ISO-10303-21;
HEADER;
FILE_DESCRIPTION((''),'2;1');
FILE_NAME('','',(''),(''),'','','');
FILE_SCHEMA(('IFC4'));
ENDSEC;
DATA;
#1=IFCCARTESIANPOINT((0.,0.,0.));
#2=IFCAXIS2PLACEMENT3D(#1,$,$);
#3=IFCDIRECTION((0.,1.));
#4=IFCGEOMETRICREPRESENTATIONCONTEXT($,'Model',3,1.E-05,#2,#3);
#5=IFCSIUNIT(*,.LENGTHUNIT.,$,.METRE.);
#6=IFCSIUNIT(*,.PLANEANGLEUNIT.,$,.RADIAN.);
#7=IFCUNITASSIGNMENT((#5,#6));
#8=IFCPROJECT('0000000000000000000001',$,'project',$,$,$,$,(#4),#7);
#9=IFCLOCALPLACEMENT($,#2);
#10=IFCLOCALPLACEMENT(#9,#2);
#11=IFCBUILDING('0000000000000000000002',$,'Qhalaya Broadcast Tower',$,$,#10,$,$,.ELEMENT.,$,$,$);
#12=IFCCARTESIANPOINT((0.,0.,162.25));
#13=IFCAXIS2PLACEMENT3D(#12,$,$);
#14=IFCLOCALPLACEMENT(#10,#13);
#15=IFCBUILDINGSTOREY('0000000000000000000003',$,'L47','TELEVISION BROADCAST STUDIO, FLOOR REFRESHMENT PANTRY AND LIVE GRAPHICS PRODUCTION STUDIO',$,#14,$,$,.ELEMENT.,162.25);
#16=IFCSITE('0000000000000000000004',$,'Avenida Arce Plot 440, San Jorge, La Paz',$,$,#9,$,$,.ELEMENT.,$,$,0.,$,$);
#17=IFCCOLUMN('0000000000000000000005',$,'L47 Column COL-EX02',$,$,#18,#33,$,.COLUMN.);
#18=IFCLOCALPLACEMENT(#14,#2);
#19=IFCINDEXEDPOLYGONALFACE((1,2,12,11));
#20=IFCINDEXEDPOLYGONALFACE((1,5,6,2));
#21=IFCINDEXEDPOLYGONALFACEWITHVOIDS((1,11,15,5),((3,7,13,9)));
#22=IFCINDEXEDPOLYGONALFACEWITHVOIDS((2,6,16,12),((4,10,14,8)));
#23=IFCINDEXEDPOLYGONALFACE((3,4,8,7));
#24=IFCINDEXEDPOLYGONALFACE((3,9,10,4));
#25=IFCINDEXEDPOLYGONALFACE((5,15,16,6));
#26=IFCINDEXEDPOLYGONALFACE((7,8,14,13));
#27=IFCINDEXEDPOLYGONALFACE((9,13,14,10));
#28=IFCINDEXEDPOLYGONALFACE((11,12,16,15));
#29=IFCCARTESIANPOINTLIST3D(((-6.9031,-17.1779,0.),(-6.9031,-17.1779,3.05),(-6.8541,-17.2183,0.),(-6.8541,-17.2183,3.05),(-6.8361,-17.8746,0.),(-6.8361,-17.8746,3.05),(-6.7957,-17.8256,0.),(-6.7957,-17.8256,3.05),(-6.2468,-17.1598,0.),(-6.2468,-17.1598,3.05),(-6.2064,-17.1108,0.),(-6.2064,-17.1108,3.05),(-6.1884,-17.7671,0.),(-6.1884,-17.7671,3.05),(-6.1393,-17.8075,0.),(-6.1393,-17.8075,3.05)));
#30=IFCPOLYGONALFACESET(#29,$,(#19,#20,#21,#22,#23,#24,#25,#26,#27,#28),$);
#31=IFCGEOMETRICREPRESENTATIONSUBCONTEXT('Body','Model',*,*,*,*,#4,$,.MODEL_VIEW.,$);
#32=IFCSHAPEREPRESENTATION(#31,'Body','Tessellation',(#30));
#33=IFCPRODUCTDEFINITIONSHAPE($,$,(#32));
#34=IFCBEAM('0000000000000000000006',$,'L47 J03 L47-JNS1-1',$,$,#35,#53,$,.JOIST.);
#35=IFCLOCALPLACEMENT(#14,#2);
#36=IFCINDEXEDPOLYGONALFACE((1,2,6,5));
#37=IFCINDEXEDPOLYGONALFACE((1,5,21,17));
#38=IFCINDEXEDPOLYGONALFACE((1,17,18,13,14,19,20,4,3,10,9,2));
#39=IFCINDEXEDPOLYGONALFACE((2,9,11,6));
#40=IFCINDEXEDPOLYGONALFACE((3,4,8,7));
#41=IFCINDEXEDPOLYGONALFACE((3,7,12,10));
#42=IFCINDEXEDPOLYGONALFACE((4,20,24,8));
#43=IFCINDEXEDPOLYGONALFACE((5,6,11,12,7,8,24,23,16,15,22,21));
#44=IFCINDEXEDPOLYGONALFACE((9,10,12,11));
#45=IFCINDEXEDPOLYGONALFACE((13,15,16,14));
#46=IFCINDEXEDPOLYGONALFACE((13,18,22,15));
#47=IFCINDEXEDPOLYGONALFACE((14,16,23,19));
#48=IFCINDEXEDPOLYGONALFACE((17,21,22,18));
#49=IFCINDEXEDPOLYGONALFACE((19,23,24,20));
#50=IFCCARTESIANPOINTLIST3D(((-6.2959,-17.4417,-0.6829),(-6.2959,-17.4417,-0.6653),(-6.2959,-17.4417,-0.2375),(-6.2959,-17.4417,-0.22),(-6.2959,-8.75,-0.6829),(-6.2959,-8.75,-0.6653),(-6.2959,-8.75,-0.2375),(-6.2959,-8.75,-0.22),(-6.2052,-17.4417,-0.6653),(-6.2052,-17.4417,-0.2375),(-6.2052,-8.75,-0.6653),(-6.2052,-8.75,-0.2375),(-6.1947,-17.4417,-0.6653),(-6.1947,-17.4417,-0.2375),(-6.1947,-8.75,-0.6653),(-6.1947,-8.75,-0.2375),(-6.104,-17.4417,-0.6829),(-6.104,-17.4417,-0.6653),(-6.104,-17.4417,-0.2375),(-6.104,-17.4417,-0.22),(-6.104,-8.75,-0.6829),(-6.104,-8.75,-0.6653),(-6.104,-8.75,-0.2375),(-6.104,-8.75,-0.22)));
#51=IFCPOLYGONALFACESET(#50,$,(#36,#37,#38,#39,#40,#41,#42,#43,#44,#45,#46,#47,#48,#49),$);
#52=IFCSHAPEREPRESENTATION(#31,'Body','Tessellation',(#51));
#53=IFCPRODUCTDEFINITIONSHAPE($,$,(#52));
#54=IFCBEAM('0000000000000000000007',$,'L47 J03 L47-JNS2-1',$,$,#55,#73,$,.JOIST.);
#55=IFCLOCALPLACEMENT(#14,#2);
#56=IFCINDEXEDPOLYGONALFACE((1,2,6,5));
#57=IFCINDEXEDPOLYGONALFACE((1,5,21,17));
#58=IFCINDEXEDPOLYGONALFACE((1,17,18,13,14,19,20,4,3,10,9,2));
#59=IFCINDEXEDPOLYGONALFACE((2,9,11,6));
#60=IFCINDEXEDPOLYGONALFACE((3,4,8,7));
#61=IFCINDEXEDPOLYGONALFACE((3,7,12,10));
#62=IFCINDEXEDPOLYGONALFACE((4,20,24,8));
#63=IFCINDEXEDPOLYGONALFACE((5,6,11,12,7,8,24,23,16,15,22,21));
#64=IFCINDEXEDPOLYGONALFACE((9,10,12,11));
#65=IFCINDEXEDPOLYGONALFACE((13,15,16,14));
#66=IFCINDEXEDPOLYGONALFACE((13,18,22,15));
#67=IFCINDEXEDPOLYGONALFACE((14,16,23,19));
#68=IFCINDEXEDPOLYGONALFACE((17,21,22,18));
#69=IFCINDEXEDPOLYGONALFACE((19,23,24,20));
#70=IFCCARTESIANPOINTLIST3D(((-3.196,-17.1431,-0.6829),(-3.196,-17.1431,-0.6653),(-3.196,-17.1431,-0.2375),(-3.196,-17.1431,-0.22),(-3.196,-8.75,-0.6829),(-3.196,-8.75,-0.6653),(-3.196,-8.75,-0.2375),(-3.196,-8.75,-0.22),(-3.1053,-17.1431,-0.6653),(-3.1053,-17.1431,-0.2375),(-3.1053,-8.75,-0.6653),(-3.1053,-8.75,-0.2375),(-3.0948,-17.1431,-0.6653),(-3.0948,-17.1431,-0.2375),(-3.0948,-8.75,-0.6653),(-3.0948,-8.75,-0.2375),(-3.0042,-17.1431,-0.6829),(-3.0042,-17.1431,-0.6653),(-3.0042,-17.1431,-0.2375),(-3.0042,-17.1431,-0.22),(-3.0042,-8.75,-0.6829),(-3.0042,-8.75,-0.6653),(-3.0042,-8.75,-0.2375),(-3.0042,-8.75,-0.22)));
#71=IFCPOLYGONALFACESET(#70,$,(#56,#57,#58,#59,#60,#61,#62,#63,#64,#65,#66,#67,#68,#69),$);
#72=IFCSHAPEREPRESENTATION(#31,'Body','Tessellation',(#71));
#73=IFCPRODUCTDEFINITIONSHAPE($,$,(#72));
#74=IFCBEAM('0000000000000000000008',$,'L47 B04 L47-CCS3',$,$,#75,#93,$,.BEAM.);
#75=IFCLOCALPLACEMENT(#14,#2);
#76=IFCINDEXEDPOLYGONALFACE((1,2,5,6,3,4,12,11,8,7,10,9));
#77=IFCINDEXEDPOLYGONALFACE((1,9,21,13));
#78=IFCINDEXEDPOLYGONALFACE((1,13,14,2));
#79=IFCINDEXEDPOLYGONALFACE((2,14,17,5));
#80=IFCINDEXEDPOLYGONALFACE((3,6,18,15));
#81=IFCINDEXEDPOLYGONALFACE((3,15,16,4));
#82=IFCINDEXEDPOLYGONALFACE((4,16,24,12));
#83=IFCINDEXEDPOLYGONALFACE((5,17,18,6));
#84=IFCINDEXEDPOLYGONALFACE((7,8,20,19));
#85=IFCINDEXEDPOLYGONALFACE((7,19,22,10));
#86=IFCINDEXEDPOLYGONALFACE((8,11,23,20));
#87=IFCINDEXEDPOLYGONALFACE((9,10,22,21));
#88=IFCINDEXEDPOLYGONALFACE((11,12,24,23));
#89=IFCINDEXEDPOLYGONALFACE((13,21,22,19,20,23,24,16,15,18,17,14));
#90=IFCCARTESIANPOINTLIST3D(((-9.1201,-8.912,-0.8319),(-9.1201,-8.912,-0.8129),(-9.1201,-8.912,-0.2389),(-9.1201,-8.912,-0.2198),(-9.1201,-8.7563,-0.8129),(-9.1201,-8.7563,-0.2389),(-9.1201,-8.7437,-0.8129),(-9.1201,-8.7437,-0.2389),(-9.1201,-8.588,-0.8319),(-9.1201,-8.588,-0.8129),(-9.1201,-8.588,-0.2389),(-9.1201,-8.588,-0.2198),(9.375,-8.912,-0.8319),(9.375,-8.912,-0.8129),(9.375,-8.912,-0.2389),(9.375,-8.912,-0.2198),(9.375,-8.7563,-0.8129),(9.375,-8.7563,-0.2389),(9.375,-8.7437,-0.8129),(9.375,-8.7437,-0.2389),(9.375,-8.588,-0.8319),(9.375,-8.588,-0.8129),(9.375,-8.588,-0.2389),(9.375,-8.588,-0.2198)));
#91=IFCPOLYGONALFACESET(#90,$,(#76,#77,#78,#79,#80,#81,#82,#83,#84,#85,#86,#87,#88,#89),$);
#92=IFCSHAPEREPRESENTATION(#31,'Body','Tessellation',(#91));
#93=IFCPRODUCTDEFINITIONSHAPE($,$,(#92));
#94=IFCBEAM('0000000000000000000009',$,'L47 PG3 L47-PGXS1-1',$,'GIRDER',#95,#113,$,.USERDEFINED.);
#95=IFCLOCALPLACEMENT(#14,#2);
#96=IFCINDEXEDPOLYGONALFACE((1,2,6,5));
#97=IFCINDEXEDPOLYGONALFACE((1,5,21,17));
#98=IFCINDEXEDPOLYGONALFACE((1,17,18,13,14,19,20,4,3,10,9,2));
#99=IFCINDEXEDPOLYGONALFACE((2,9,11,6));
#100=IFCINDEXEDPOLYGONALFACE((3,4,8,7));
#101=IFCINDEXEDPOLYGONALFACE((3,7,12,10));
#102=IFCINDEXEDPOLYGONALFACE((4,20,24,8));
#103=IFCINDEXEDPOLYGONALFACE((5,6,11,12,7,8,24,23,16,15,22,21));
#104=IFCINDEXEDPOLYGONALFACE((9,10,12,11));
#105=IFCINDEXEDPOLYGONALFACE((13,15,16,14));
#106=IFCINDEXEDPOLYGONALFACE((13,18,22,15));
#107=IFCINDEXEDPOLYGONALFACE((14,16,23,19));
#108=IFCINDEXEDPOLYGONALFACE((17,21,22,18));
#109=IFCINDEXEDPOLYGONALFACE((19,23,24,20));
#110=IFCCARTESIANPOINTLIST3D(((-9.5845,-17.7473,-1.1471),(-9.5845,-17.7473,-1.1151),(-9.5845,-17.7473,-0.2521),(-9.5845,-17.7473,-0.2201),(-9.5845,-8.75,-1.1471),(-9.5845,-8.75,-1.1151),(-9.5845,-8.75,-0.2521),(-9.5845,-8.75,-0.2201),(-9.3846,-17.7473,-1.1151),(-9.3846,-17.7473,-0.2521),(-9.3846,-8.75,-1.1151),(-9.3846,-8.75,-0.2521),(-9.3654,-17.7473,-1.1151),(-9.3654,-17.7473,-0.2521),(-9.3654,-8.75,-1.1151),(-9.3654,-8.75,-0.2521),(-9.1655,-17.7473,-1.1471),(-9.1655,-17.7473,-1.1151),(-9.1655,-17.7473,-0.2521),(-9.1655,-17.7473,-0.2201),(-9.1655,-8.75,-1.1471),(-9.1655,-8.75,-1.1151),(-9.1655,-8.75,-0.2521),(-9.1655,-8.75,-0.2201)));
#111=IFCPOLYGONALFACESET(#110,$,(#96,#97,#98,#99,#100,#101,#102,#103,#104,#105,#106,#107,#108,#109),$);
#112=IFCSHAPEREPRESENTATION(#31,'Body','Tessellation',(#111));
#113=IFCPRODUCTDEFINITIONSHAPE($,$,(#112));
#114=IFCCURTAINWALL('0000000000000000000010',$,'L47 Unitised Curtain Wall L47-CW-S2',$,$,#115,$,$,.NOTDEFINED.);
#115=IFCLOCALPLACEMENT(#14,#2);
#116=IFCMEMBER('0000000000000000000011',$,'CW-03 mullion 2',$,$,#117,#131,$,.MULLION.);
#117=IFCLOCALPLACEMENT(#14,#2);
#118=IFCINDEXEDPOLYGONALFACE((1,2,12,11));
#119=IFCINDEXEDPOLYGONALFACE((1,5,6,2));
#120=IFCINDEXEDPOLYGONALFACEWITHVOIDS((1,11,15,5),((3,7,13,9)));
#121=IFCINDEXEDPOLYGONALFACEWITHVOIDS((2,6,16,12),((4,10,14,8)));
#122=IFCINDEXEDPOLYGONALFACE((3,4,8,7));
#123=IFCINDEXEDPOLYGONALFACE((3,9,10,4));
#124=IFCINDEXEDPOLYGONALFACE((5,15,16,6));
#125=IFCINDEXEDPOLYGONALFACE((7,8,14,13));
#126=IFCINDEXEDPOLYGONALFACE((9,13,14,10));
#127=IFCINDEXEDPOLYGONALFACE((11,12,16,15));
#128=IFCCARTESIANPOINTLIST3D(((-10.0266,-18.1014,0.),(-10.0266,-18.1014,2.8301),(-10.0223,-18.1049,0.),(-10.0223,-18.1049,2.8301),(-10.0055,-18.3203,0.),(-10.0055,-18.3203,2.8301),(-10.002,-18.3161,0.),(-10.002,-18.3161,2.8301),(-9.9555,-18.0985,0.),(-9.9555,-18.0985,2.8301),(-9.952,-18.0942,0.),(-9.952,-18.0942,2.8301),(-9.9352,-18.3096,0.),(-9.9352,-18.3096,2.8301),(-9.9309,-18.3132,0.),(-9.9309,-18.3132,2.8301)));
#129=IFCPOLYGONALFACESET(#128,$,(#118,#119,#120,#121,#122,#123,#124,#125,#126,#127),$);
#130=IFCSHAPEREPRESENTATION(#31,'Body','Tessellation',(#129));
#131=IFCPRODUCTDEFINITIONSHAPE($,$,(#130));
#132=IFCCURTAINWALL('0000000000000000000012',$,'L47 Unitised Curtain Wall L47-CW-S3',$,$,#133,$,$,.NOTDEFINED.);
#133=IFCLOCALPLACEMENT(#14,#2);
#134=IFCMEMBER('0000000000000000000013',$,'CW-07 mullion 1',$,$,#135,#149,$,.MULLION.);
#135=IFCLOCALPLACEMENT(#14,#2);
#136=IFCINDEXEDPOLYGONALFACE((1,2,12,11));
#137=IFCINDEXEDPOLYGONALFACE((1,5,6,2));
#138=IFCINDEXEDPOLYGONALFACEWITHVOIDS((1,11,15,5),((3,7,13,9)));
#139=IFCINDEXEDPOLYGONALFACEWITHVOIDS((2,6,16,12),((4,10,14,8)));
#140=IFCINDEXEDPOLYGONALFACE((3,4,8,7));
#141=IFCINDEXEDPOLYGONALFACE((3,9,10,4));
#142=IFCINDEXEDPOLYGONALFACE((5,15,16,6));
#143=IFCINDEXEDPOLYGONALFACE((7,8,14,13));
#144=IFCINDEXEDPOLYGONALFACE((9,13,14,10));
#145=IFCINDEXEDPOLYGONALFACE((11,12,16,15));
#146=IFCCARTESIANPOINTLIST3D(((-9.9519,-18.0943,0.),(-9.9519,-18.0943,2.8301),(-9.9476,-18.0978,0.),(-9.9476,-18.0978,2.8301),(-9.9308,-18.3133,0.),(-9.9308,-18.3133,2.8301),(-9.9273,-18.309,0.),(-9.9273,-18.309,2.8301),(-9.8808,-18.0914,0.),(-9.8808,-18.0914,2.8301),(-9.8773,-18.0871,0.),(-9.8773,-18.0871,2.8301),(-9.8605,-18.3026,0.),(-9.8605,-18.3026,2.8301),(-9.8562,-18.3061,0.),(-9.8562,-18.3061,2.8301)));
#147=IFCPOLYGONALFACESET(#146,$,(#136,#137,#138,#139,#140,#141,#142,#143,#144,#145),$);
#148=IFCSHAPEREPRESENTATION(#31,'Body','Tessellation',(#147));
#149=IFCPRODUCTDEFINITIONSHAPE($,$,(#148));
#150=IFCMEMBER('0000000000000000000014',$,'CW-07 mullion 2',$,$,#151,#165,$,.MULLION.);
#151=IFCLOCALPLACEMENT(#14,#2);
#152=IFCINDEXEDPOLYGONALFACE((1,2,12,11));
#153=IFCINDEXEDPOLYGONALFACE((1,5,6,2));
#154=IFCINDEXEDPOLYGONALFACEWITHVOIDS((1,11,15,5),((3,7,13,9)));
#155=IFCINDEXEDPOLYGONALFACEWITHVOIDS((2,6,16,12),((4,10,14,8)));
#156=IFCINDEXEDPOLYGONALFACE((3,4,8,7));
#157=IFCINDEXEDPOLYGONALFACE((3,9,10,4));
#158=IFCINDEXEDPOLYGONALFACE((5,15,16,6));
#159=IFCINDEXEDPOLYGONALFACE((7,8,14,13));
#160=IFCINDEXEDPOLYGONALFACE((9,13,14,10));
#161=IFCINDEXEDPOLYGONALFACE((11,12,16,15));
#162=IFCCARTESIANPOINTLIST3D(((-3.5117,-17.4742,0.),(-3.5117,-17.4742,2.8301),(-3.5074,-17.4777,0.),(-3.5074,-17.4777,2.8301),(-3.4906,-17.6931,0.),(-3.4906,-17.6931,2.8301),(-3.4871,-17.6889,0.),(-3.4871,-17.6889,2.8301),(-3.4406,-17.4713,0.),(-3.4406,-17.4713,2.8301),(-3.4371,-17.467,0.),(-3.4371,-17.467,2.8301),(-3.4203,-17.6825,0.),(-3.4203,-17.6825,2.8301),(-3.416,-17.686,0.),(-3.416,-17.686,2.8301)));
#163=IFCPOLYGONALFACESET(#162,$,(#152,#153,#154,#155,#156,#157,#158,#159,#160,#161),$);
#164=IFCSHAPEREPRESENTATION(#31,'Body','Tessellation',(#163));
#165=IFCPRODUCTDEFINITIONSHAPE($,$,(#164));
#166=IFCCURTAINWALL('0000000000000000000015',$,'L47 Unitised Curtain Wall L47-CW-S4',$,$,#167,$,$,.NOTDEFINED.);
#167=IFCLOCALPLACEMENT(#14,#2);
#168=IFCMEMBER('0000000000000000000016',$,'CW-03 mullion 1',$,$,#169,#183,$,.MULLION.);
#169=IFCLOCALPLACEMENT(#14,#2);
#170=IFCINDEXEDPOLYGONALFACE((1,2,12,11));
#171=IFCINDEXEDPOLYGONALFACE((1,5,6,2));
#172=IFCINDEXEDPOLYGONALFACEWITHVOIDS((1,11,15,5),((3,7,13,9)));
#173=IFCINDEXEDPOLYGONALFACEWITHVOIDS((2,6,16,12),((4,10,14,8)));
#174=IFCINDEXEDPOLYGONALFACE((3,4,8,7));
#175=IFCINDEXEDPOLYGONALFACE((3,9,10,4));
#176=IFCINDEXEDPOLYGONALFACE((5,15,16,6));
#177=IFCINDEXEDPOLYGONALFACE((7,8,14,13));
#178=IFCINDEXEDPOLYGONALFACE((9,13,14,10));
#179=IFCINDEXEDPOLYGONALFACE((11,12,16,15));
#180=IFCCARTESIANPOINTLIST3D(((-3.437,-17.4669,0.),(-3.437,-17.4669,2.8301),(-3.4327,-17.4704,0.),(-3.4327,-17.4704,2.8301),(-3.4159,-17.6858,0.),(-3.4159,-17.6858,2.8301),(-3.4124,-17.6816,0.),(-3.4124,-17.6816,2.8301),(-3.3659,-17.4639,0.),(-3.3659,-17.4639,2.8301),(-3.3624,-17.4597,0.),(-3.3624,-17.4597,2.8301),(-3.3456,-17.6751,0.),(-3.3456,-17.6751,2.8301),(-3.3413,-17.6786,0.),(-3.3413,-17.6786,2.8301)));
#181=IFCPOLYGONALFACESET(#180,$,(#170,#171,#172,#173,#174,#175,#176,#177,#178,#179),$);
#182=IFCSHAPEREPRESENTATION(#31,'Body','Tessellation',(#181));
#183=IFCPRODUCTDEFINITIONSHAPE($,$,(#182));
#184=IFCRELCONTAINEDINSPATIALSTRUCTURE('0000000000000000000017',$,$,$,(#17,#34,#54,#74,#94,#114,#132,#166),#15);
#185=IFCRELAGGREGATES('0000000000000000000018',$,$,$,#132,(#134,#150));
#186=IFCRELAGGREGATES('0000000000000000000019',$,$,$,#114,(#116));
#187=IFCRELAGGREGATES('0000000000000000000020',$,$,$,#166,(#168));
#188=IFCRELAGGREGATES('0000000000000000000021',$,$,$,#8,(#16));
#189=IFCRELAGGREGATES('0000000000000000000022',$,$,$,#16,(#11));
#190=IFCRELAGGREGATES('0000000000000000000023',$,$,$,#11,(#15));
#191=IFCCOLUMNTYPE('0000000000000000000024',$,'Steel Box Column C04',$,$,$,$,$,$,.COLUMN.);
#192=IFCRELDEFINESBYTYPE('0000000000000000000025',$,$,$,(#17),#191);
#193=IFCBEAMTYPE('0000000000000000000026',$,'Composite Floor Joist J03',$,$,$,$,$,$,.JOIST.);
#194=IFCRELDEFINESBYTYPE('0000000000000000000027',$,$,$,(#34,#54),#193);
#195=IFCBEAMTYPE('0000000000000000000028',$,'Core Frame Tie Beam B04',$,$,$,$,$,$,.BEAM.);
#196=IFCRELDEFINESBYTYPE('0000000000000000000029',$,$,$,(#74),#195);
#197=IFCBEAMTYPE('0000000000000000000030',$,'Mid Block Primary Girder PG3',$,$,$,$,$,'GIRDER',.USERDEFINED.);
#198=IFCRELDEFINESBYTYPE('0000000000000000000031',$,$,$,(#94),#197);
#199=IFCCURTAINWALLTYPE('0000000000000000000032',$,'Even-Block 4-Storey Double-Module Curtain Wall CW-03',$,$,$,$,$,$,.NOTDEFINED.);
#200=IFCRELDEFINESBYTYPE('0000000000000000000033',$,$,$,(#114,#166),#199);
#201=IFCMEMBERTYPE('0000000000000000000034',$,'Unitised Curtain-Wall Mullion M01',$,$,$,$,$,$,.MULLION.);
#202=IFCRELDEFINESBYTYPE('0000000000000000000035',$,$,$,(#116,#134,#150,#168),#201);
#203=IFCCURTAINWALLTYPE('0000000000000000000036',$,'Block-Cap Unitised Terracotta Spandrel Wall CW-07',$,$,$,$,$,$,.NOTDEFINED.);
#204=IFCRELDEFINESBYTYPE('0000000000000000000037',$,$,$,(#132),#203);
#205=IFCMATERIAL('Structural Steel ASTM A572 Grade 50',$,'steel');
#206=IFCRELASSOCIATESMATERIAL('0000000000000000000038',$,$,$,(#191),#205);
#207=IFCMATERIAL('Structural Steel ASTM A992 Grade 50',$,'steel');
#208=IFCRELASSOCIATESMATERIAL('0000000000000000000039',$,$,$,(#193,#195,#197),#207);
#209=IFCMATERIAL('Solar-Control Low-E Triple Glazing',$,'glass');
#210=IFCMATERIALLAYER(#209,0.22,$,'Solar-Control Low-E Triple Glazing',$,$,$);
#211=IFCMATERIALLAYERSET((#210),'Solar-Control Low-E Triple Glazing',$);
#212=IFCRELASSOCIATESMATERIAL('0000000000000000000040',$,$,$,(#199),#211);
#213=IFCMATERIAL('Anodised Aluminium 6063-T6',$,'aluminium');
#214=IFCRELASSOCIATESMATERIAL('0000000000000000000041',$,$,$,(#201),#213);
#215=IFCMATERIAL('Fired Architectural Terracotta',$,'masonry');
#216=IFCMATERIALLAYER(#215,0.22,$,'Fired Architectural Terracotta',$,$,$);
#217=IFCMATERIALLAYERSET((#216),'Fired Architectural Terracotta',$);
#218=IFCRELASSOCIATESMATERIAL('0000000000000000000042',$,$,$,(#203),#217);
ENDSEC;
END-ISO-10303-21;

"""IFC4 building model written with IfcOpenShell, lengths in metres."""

from ifc_helpers import new_model, si_unit, direction, frame, origin, origin_2d, place, context, subcontext, project, spatial, hollow_rectangle, i_section, extrude, material, layer, layer_set, material_profile, profile_set, type_object, element, aggregate, save


model = new_model("IFC4")

# Units and contexts
model_context = context("Model", 3, precision=1e-05, world=origin(), true_north=direction((0.0, 1.0)))
body_context = subcontext(model_context, "Body", "Model", "MODEL_VIEW")
ifc_project = project(units=[si_unit("LENGTHUNIT", "METRE"), si_unit("PLANEANGLEUNIT", "RADIAN")], contexts=[model_context])

# Site, building, storey
site_placement = place(None, origin())
site = spatial("IfcSite", under=ifc_project, at=site_placement, Name="Avenida Arce Plot 440, San Jorge, La Paz", CompositionType="ELEMENT", RefElevation=0.0)
building_placement = place(site_placement, origin())
building = spatial("IfcBuilding", under=site, at=building_placement, Name="Qhalaya Broadcast Tower", CompositionType="ELEMENT")
storey_placement = place(building_placement, frame((0.0, 0.0, 162.25)))
storey = spatial("IfcBuildingStorey", under=building, at=storey_placement, Name="L47", Description="TELEVISION BROADCAST STUDIO, FLOOR REFRESHMENT PANTRY AND LIVE GRAPHICS PRODUCTION STUDIO", CompositionType="ELEMENT", Elevation=162.25)

# Column
ifc_material_1 = material(Name="Structural Steel ASTM A572 Grade 50", Category="steel")
ifc_material_profile_1 = material_profile(ifc_material_1, hollow_rectangle(XDim=0.7, YDim=0.7, WallThickness=0.0449, at=origin_2d()), Name="BOX 700x700x45")
ifc_profile_set_1 = profile_set([ifc_material_profile_1], Name="Structural Steel ASTM A572 Grade 50")
column_type = type_object("IfcColumnType", Name="Steel Box Column C04", PredefinedType="COLUMN", material=ifc_profile_set_1)
column_placement = place(storey_placement, frame((-6.5212, -17.4927, 0.0), z_axis=(0.0, 0.0, 1.0), x_axis=(0.995396, 0.095846, 0.0)))
element("IfcColumn", 1, at=column_placement, inside=storey, type_object=column_type, Name="L47 Column COL-EX02", PredefinedType="COLUMN", context=body_context, shape_type="SweptSolid", body=[
    extrude(hollow_rectangle(XDim=0.7, YDim=0.7, WallThickness=0.0449, at=origin_2d()), origin(), (0.0, 0.0, 1.0), 3.05),
])

# Beams
ifc_material_2 = material(Name="Structural Steel ASTM A992 Grade 50", Category="steel")
ifc_material_profile_2 = material_profile(ifc_material_2, i_section(OverallWidth=0.1919, OverallDepth=0.4629, WebThickness=0.0105, FlangeThickness=0.0176, at=origin_2d()), Name="W18X60")
ifc_profile_set_2 = profile_set([ifc_material_profile_2], Name="Structural Steel ASTM A992 Grade 50")
beam_type_1 = type_object("IfcBeamType", Name="Composite Floor Joist J03", PredefinedType="JOIST", material=ifc_profile_set_2)
beam_1_placement = place(storey_placement, frame((-6.2, -17.4417, -0.4514), z_axis=(0.0, 1.0, 0.0), x_axis=(-1.0, 0.0, 0.0)))
element("IfcBeam", 2, at=beam_1_placement, inside=storey, type_object=beam_type_1, Name="L47 J03 L47-JNS1-1", PredefinedType="JOIST", context=body_context, shape_type="SweptSolid", body=[
    extrude(i_section(OverallWidth=0.1919, OverallDepth=0.4629, WebThickness=0.0105, FlangeThickness=0.0176, at=origin_2d()), origin(), (0.0, 0.0, 1.0), 8.6917),
])
beam_2_placement = place(storey_placement, frame((-3.1001, -17.1431, -0.4514), z_axis=(0.0, 1.0, 0.0), x_axis=(-1.0, 0.0, 0.0)))
element("IfcBeam", 3, at=beam_2_placement, inside=storey, type_object=beam_type_1, Name="L47 J03 L47-JNS2-1", PredefinedType="JOIST", context=body_context, shape_type="SweptSolid", body=[
    extrude(i_section(OverallWidth=0.1919, OverallDepth=0.4629, WebThickness=0.0105, FlangeThickness=0.0176, at=origin_2d()), origin(), (0.0, 0.0, 1.0), 8.3931),
])
ifc_material_profile_3 = material_profile(ifc_material_2, i_section(OverallWidth=0.324, OverallDepth=0.6121, WebThickness=0.0127, FlangeThickness=0.019, at=origin_2d()), Name="W24X104")
ifc_profile_set_3 = profile_set([ifc_material_profile_3], Name="Structural Steel ASTM A992 Grade 50")
beam_type_2 = type_object("IfcBeamType", Name="Core Frame Tie Beam B04", PredefinedType="BEAM", material=ifc_profile_set_3)
beam_3_placement = place(storey_placement, frame((-9.1201, -8.75, -0.5259), z_axis=(1.0, 0.0, 0.0), x_axis=(0.0, 1.0, 0.0)))
element("IfcBeam", 4, at=beam_3_placement, inside=storey, type_object=beam_type_2, Name="L47 B04 L47-CCS3", PredefinedType="BEAM", context=body_context, shape_type="SweptSolid", body=[
    extrude(i_section(OverallWidth=0.324, OverallDepth=0.6121, WebThickness=0.0127, FlangeThickness=0.019, at=origin_2d()), origin(), (0.0, 0.0, 1.0), 18.4951),
])
ifc_material_profile_4 = material_profile(ifc_material_2, i_section(OverallWidth=0.4189, OverallDepth=0.927, WebThickness=0.0193, FlangeThickness=0.032, at=origin_2d()), Name="W36X231")
ifc_profile_set_4 = profile_set([ifc_material_profile_4], Name="Structural Steel ASTM A992 Grade 50")
beam_type_3 = type_object("IfcBeamType", Name="Mid Block Primary Girder PG3", ElementType="GIRDER", PredefinedType="USERDEFINED", material=ifc_profile_set_4)
beam_4_placement = place(storey_placement, frame((-9.375, -17.7473, -0.6836), z_axis=(0.0, 1.0, 0.0), x_axis=(-1.0, 0.0, 0.0)))
element("IfcBeam", 5, at=beam_4_placement, inside=storey, type_object=beam_type_3, Name="L47 PG3 L47-PGXS1-1", ObjectType="GIRDER", PredefinedType="USERDEFINED", context=body_context, shape_type="SweptSolid", body=[
    extrude(i_section(OverallWidth=0.4189, OverallDepth=0.927, WebThickness=0.0193, FlangeThickness=0.032, at=origin_2d()), origin(), (0.0, 0.0, 1.0), 8.9973),
])

# Curtain wall, member
ifc_material_3 = material(Name="Solar-Control Low-E Triple Glazing", Category="glass")
ifc_layer_1 = layer(ifc_material_3, 0.22, Name="Solar-Control Low-E Triple Glazing")
ifc_layer_set_1 = layer_set([ifc_layer_1], Name="Solar-Control Low-E Triple Glazing")
curtain_wall_type_1 = type_object("IfcCurtainWallType", Name="Even-Block 4-Storey Double-Module Curtain Wall CW-03", PredefinedType="NOTDEFINED", material=ifc_layer_set_1)
curtain_wall_1_placement = place(storey_placement, origin())
curtain_wall_1 = element("IfcCurtainWall", 6, at=curtain_wall_1_placement, inside=storey, type_object=curtain_wall_type_1, Name="L47 Unitised Curtain Wall L47-CW-S2", PredefinedType="NOTDEFINED")
ifc_material_4 = material(Name="Anodised Aluminium 6063-T6", Category="aluminium")
ifc_material_profile_5 = material_profile(ifc_material_4, hollow_rectangle(XDim=0.075, YDim=0.22, WallThickness=0.0039, at=origin_2d()), Name="ALU-MUL 75x220x4")
ifc_profile_set_5 = profile_set([ifc_material_profile_5], Name="Anodised Aluminium 6063-T6")
member_type_1 = type_object("IfcMemberType", Name="Unitised Curtain-Wall Mullion M01", PredefinedType="MULLION", material=ifc_profile_set_5)
member_1_placement = place(storey_placement, frame((-9.9788, -18.2073, 0.0), z_axis=(0.0, 0.0, 1.0), x_axis=(0.995397, 0.095839, 0.0)))
member_1 = element("IfcMember", 7, at=member_1_placement, type_object=member_type_1, Name="CW-03 mullion 2", PredefinedType="MULLION", context=body_context, shape_type="SweptSolid", body=[
    extrude(hollow_rectangle(XDim=0.075, YDim=0.22, WallThickness=0.0039, at=origin_2d()), origin(), (0.0, 0.0, 1.0), 2.8301),
])

# Curtain wall, members
ifc_material_5 = material(Name="Fired Architectural Terracotta", Category="masonry")
ifc_layer_2 = layer(ifc_material_5, 0.22, Name="Fired Architectural Terracotta")
ifc_layer_set_2 = layer_set([ifc_layer_2], Name="Fired Architectural Terracotta")
curtain_wall_type_2 = type_object("IfcCurtainWallType", Name="Block-Cap Unitised Terracotta Spandrel Wall CW-07", PredefinedType="NOTDEFINED", material=ifc_layer_set_2)
curtain_wall_2_placement = place(storey_placement, origin())
curtain_wall_2 = element("IfcCurtainWall", 8, at=curtain_wall_2_placement, inside=storey, type_object=curtain_wall_type_2, Name="L47 Unitised Curtain Wall L47-CW-S3", PredefinedType="NOTDEFINED")
member_2_placement = place(storey_placement, frame((-9.9041, -18.2002, 0.0), z_axis=(0.0, 0.0, 1.0), x_axis=(0.995396, 0.095844, 0.0)))
member_2 = element("IfcMember", 9, at=member_2_placement, type_object=member_type_1, Name="CW-07 mullion 1", PredefinedType="MULLION", context=body_context, shape_type="SweptSolid", body=[
    extrude(hollow_rectangle(XDim=0.075, YDim=0.22, WallThickness=0.0039, at=origin_2d()), origin(), (0.0, 0.0, 1.0), 2.8301),
])
member_3_placement = place(storey_placement, frame((-3.4639, -17.5801, 0.0), z_axis=(0.0, 0.0, 1.0), x_axis=(0.995396, 0.095844, 0.0)))
member_3 = element("IfcMember", 10, at=member_3_placement, type_object=member_type_1, Name="CW-07 mullion 2", PredefinedType="MULLION", context=body_context, shape_type="SweptSolid", body=[
    extrude(hollow_rectangle(XDim=0.075, YDim=0.22, WallThickness=0.0039, at=origin_2d()), origin(), (0.0, 0.0, 1.0), 2.8301),
])

# Curtain wall, member
curtain_wall_3_placement = place(storey_placement, origin())
curtain_wall_3 = element("IfcCurtainWall", 11, at=curtain_wall_3_placement, inside=storey, type_object=curtain_wall_type_1, Name="L47 Unitised Curtain Wall L47-CW-S4", PredefinedType="NOTDEFINED")
member_4_placement = place(storey_placement, frame((-3.3892, -17.5728, 0.0), z_axis=(0.0, 0.0, 1.0), x_axis=(0.995394, 0.095866, 0.0)))
member_4 = element("IfcMember", 12, at=member_4_placement, type_object=member_type_1, Name="CW-03 mullion 1", PredefinedType="MULLION", context=body_context, shape_type="SweptSolid", body=[
    extrude(hollow_rectangle(XDim=0.075, YDim=0.22, WallThickness=0.0039, at=origin_2d()), origin(), (0.0, 0.0, 1.0), 2.8301),
])

aggregate(curtain_wall_2, [member_2, member_3])
aggregate(curtain_wall_1, [member_1])
aggregate(curtain_wall_3, [member_4])

save(model, "model.ifc")
